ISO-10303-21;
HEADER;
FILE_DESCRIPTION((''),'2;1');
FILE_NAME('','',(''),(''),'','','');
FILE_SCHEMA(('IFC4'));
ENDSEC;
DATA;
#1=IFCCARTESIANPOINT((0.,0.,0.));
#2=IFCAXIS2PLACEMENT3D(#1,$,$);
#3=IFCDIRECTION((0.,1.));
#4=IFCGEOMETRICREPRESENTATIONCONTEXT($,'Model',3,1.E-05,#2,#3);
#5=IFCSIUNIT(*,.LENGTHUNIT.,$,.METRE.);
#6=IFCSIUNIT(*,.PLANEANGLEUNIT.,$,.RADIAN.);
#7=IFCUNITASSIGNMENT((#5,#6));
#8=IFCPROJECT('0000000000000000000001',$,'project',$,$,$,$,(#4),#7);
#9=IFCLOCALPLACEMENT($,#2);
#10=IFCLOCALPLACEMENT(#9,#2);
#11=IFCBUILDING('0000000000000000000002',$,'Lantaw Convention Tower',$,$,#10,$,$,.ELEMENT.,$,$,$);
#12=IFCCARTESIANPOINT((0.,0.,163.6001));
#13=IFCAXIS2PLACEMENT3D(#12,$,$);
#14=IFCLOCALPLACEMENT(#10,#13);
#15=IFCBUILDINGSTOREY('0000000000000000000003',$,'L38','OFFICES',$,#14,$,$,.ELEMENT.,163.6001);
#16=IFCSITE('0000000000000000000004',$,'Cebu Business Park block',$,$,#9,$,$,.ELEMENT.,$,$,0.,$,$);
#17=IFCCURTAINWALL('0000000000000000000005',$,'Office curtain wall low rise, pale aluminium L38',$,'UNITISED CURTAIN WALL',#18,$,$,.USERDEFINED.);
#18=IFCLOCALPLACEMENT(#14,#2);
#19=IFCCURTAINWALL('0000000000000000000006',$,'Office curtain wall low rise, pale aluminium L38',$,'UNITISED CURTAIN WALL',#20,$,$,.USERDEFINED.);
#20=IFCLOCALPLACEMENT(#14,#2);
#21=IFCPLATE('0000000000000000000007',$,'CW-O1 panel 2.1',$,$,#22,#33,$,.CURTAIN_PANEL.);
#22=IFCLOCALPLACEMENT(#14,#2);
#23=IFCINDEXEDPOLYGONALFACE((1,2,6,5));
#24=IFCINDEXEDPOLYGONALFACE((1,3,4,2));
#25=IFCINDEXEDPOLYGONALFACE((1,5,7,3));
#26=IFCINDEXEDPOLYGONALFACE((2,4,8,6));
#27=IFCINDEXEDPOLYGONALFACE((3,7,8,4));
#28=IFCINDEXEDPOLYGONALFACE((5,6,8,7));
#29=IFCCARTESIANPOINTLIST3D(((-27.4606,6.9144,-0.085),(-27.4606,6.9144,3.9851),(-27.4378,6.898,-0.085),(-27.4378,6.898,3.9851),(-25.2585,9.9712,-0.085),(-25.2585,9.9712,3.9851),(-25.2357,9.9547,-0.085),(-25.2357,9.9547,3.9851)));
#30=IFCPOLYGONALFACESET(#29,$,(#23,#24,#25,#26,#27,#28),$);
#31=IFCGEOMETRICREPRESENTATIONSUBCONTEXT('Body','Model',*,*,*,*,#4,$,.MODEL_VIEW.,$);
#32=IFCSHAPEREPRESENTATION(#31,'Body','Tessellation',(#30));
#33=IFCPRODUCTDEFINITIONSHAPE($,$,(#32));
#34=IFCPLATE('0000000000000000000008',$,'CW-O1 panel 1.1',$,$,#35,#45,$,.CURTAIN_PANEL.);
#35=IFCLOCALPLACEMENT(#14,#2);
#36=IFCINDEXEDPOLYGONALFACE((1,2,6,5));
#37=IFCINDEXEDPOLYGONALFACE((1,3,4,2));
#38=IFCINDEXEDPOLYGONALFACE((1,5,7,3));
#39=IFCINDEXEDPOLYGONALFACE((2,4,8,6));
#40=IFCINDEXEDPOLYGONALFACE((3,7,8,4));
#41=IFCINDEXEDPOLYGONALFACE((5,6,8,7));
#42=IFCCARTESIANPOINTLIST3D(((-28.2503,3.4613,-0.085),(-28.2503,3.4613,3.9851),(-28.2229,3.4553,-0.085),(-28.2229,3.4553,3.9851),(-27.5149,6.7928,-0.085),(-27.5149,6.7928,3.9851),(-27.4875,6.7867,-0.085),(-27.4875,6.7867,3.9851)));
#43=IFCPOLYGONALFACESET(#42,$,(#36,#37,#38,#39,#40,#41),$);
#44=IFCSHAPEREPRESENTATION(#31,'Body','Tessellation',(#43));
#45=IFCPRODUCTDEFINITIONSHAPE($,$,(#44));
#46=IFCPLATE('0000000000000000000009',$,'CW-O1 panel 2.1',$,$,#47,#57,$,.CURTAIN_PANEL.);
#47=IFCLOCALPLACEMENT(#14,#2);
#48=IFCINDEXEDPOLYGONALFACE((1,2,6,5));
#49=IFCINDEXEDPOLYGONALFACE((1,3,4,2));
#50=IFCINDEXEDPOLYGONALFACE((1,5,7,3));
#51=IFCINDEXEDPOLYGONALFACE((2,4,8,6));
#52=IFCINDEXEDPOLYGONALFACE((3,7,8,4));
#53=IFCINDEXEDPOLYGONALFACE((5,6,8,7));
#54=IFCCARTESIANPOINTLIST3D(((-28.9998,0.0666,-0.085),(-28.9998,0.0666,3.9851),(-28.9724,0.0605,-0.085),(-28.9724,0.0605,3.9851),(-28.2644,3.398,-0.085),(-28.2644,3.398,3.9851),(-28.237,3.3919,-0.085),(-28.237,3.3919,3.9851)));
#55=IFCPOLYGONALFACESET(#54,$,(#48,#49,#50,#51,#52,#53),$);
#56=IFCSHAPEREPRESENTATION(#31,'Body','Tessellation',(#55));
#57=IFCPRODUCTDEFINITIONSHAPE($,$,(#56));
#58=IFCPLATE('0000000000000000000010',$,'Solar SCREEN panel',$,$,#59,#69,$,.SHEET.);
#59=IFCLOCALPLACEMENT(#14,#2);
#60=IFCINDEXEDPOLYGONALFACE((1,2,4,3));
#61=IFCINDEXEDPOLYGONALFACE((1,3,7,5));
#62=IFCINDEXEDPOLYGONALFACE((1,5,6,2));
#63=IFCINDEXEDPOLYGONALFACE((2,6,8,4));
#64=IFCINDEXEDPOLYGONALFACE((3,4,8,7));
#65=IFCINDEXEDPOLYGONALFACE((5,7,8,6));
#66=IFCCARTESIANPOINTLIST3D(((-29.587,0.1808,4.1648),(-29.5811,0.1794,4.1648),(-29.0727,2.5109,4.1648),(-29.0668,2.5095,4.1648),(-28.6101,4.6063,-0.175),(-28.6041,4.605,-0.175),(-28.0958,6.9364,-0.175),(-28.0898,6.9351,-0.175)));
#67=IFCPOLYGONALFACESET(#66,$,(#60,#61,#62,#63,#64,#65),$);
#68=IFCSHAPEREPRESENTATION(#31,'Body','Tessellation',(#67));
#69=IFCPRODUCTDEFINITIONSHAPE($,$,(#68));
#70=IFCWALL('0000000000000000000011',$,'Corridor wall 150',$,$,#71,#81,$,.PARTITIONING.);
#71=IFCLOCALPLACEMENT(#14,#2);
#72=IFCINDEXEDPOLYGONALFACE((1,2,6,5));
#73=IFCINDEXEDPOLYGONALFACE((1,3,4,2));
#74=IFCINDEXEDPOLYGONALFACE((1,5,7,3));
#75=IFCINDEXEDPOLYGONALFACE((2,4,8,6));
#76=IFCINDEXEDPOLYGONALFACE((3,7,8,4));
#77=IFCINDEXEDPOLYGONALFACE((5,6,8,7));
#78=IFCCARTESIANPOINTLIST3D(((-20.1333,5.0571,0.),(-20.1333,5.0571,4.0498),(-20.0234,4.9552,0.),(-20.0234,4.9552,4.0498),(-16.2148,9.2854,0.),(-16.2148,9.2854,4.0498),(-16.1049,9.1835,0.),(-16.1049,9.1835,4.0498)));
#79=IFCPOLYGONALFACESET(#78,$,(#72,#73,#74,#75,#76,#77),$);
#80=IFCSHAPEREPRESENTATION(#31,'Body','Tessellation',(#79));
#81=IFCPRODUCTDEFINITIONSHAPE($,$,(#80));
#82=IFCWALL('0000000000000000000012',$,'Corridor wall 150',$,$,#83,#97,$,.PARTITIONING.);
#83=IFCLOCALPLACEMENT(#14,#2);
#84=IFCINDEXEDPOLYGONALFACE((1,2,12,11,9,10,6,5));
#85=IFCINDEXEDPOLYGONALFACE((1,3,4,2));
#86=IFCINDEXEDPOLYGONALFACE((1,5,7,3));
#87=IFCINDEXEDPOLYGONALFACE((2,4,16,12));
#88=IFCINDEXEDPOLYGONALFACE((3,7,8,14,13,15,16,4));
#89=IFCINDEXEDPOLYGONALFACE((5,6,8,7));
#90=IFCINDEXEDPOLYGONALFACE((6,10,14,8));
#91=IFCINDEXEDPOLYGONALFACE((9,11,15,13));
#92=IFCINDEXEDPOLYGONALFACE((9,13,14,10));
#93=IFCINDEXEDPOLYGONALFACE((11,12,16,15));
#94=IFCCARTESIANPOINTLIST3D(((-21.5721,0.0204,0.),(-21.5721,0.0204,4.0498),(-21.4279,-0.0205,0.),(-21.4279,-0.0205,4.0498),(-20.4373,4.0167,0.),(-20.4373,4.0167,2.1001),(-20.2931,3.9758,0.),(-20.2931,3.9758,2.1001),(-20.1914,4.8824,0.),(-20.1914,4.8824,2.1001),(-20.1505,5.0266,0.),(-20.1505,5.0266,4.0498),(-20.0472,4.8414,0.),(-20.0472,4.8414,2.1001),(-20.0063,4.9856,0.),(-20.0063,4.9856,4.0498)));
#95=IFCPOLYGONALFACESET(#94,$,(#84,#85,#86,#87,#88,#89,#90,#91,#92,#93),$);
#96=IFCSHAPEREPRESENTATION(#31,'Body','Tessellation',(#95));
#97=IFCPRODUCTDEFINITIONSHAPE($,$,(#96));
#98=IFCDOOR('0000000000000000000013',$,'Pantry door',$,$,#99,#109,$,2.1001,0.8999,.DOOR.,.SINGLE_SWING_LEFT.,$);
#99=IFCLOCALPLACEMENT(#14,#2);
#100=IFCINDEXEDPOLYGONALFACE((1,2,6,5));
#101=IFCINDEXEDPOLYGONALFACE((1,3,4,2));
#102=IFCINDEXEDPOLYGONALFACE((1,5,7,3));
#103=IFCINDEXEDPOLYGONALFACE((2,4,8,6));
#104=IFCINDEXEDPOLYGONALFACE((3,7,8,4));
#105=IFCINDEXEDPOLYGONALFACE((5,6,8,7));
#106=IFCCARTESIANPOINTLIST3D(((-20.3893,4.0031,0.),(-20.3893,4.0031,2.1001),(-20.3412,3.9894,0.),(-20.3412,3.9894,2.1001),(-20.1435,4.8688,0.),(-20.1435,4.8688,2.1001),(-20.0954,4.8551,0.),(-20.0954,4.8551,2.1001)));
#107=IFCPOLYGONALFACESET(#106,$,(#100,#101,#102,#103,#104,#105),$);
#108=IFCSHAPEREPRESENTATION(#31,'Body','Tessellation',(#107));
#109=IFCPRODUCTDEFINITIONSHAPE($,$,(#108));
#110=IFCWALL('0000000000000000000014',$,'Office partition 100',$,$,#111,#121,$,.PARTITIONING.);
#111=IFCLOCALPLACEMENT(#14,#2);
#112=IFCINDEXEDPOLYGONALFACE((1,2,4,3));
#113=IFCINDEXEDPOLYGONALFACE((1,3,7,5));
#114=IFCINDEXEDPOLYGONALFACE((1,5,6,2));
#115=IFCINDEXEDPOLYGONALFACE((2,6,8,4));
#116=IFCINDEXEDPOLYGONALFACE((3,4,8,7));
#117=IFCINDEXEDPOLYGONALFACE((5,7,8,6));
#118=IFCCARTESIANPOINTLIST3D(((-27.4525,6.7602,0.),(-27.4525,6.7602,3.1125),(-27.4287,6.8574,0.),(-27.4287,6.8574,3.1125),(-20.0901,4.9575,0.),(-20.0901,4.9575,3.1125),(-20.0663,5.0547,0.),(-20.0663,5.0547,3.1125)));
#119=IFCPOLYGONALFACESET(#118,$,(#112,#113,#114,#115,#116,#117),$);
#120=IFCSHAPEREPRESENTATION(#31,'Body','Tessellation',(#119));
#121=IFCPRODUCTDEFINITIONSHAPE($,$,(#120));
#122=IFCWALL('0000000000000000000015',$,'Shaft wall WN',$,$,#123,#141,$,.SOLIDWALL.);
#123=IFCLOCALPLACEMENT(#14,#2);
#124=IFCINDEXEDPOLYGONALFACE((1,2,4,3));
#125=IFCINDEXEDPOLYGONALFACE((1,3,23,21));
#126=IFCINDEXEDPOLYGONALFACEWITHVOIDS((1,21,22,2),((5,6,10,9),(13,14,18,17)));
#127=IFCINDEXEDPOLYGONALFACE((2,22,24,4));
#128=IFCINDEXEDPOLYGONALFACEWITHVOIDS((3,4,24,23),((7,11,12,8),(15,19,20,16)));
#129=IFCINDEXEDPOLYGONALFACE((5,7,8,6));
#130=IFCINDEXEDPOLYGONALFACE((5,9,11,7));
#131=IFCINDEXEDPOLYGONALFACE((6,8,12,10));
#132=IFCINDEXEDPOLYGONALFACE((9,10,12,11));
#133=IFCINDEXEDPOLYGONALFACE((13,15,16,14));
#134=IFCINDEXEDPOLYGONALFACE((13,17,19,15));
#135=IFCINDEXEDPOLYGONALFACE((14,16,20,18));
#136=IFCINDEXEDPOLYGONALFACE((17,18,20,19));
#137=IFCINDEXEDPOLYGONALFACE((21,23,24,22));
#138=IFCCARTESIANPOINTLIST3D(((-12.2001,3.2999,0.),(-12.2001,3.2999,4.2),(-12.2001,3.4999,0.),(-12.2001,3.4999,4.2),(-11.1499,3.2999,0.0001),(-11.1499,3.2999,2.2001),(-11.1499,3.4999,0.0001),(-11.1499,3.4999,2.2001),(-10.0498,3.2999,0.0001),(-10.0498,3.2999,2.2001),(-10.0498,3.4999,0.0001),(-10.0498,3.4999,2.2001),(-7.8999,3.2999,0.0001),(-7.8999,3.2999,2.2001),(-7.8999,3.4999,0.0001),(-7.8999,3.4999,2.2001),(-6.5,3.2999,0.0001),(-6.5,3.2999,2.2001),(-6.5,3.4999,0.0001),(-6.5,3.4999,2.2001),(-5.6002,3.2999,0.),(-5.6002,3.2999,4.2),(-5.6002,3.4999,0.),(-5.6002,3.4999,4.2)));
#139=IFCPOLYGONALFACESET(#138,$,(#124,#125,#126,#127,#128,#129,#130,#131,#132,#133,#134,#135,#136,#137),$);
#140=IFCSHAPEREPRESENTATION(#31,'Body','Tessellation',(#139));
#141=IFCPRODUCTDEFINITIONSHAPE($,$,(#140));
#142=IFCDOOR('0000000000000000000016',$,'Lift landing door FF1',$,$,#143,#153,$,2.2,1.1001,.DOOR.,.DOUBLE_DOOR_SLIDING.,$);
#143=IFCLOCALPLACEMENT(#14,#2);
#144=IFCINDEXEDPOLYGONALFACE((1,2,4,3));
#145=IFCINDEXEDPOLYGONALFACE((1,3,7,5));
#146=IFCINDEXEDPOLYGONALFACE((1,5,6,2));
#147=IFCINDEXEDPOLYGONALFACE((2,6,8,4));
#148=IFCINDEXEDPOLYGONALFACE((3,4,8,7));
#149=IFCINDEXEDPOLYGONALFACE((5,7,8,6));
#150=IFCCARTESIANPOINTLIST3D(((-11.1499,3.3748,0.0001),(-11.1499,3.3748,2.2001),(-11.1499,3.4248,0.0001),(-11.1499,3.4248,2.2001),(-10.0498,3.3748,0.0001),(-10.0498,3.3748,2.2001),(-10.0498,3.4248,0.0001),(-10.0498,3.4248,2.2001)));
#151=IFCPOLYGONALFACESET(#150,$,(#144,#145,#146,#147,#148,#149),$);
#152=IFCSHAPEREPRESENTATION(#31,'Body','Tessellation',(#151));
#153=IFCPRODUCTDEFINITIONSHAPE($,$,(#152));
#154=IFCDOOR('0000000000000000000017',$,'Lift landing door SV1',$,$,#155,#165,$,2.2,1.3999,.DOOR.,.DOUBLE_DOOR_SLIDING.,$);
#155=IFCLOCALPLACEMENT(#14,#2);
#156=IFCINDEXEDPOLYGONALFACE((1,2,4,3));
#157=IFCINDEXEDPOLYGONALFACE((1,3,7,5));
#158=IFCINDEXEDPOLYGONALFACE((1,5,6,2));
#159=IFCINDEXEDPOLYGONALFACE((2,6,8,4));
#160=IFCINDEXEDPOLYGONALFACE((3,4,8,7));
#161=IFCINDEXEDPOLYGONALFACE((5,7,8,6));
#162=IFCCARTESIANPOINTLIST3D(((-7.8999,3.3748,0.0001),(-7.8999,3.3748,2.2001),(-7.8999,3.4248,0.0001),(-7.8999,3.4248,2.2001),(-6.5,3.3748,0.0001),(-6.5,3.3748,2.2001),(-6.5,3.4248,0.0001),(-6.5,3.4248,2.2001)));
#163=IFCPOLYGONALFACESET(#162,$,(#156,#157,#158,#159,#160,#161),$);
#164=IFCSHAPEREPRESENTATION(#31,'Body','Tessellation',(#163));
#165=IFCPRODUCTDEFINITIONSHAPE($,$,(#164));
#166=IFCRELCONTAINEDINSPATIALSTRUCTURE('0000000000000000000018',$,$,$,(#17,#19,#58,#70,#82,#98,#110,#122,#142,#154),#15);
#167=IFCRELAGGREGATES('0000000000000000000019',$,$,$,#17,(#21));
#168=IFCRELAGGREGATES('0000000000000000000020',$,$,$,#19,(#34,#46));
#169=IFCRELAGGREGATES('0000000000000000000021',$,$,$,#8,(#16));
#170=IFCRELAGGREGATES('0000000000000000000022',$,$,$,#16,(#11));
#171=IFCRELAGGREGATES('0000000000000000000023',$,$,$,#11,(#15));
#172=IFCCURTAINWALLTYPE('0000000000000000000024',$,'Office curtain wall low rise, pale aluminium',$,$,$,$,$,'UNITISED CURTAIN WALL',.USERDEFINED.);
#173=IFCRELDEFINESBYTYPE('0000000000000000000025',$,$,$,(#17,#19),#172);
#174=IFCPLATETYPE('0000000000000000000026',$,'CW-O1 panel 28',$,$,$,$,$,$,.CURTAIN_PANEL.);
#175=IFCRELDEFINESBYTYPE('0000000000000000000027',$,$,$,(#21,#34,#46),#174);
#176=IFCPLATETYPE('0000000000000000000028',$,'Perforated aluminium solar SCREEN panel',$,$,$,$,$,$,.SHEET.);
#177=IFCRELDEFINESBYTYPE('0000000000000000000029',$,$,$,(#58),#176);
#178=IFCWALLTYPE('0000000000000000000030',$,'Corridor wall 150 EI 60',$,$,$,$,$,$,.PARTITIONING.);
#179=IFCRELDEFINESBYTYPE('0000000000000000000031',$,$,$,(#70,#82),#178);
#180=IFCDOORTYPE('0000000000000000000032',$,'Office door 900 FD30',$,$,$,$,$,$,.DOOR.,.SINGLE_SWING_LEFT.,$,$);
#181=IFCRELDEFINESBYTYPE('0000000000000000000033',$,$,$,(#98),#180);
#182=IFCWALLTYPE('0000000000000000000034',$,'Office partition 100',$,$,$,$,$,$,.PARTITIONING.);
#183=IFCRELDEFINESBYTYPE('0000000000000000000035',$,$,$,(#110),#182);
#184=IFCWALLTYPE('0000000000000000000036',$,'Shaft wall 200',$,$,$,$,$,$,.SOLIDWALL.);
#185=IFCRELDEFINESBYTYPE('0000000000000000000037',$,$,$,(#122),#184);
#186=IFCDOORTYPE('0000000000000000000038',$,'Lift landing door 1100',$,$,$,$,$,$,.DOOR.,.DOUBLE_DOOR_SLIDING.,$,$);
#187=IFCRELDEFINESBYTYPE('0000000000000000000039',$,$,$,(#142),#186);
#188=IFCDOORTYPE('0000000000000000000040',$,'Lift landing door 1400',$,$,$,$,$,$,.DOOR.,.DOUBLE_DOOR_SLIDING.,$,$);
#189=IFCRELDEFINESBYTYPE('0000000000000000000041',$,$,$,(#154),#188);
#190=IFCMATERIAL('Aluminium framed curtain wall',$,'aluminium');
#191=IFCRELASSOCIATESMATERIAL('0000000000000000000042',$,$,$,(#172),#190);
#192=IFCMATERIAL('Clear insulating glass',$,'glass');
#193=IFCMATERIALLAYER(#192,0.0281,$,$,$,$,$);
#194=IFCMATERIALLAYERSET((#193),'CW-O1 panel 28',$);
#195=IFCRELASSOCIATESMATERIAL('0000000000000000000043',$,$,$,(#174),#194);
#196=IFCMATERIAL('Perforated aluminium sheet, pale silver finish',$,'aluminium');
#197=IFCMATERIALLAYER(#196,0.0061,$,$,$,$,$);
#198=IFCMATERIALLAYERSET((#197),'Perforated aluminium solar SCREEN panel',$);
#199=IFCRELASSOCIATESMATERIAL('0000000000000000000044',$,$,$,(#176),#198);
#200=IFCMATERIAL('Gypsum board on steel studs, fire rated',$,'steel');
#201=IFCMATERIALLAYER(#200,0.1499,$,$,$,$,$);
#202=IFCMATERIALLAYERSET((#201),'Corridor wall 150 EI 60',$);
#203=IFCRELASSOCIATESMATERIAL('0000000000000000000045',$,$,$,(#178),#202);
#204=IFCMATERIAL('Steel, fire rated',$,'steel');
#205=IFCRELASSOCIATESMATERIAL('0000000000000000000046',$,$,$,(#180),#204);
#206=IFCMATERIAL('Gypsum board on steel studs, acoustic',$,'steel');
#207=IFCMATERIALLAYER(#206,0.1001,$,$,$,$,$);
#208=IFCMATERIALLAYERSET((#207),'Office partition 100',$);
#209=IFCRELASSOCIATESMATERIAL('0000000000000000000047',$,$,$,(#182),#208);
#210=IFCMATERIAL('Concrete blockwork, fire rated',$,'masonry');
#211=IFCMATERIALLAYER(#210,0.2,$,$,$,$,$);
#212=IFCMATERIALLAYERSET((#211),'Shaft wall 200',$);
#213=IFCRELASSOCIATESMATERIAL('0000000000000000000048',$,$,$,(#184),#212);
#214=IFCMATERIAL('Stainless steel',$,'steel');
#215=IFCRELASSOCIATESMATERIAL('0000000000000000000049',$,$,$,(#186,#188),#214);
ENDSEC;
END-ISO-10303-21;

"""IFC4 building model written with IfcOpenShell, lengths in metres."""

from ifc_helpers import new_model, si_unit, direction, frame, frame_2d, origin, origin_2d, place, context, subcontext, project, spatial, polyline, rectangle, outline, extrude, material, layer, layer_set, type_object, element, fill, aggregate, save


model = new_model("IFC4")

# Units and contexts
model_context = context("Model", 3, precision=1e-05, world=origin(), true_north=direction((0.0, 1.0)))
body_context = subcontext(model_context, "Body", "Model", "MODEL_VIEW")
ifc_project = project(units=[si_unit("LENGTHUNIT", "METRE"), si_unit("PLANEANGLEUNIT", "RADIAN")], contexts=[model_context])

# Site, building, storey
site_placement = place(None, origin())
site = spatial("IfcSite", under=ifc_project, at=site_placement, Name="Cebu Business Park block", CompositionType="ELEMENT", RefElevation=0.0)
building_placement = place(site_placement, origin())
building = spatial("IfcBuilding", under=site, at=building_placement, Name="Lantaw Convention Tower", CompositionType="ELEMENT")
storey_placement = place(building_placement, frame((0.0, 0.0, 163.6001)))
storey = spatial("IfcBuildingStorey", under=building, at=storey_placement, Name="L38", Description="OFFICES", CompositionType="ELEMENT", Elevation=163.6001)

# Curtain wall
ifc_material_1 = material(Name="Aluminium framed curtain wall", Category="aluminium")
curtain_wall_type = type_object("IfcCurtainWallType", Name="Office curtain wall low rise, pale aluminium", ElementType="UNITISED CURTAIN WALL", PredefinedType="USERDEFINED", material=ifc_material_1)
curtain_wall_1_placement = place(storey_placement, origin())
curtain_wall_1 = element("IfcCurtainWall", 1, at=curtain_wall_1_placement, inside=storey, type_object=curtain_wall_type, Name="Office curtain wall low rise, pale aluminium L38", ObjectType="UNITISED CURTAIN WALL", PredefinedType="USERDEFINED")

# Curtain wall
curtain_wall_2_placement = place(storey_placement, origin())
curtain_wall_2 = element("IfcCurtainWall", 2, at=curtain_wall_2_placement, inside=storey, type_object=curtain_wall_type, Name="Office curtain wall low rise, pale aluminium L38", ObjectType="UNITISED CURTAIN WALL", PredefinedType="USERDEFINED")

# Plates
ifc_material_2 = material(Name="Clear insulating glass", Category="glass")
ifc_layer_1 = layer(ifc_material_2, 0.0281)
ifc_layer_set_1 = layer_set([ifc_layer_1], Name="CW-O1 panel 28")
plate_type_1 = type_object("IfcPlateType", Name="CW-O1 panel 28", PredefinedType="CURTAIN_PANEL", material=ifc_layer_set_1)
plate_1_placement = place(storey_placement, frame((-26.3481, 8.4346, -0.085), z_axis=(0.0, 0.0, 1.0), x_axis=(-0.584513, -0.811385, 0.0)))
plate_1 = element("IfcPlate", 3, at=plate_1_placement, type_object=plate_type_1, Name="CW-O1 panel 2.1", PredefinedType="CURTAIN_PANEL", context=body_context, shape_type="SweptSolid", body=[
    extrude(rectangle(XDim=3.7673, YDim=0.0281, at=origin_2d()), origin(), (0.0, 0.0, 1.0), 4.0701),
])
aggregate(curtain_wall_1, [plate_1])
plate_2_placement = place(storey_placement, frame((-27.8689, 5.124, -0.085), z_axis=(0.0, 0.0, 1.0), x_axis=(-0.215546, -0.976494, 0.0)))
plate_2 = element("IfcPlate", 4, at=plate_2_placement, type_object=plate_type_1, Name="CW-O1 panel 1.1", PredefinedType="CURTAIN_PANEL", context=body_context, shape_type="SweptSolid", body=[
    extrude(rectangle(XDim=3.4116, YDim=0.0281, at=origin_2d()), origin(), (0.0, 0.0, 1.0), 4.0701),
])
plate_3_placement = place(storey_placement, frame((-28.6184, 1.7292, -0.085), z_axis=(0.0, 0.0, 1.0), x_axis=(-0.215546, -0.976494, 0.0)))
plate_3 = element("IfcPlate", 5, at=plate_3_placement, type_object=plate_type_1, Name="CW-O1 panel 2.1", PredefinedType="CURTAIN_PANEL", context=body_context, shape_type="SweptSolid", body=[
    extrude(rectangle(XDim=3.4116, YDim=0.0281, at=origin_2d()), origin(), (0.0, 0.0, 1.0), 4.0701),
])
aggregate(curtain_wall_2, [plate_2, plate_3])
ifc_material_3 = material(Name="Perforated aluminium sheet, pale silver finish", Category="aluminium")
ifc_layer_2 = layer(ifc_material_3, 0.0061)
ifc_layer_set_2 = layer_set([ifc_layer_2], Name="Perforated aluminium solar SCREEN panel")
plate_type_2 = type_object("IfcPlateType", Name="Perforated aluminium solar SCREEN panel", PredefinedType="SHEET", material=ifc_layer_set_2)
plate_4_placement = place(storey_placement, frame((-28.0898, 6.9351, -0.175), z_axis=(0.976498, -0.215527, 0.000033), x_axis=(-0.215527, -0.976498, 0.0)))
element("IfcPlate", 6, at=plate_4_placement, inside=storey, type_object=plate_type_2, Name="Solar SCREEN panel", PredefinedType="SHEET", context=body_context, shape_type="SweptSolid", body=[
    extrude(outline(polyline([(0.0, 0.0), (2.3861, 0.0), (6.9182, -4.3398), (4.5321, -4.3398), (0.0, 0.0)])), origin(), (0.0, 0.0, -1.0), 0.0061),
])

# Wall
ifc_material_4 = material(Name="Gypsum board on steel studs, fire rated", Category="steel")
ifc_layer_3 = layer(ifc_material_4, 0.1499)
ifc_layer_set_3 = layer_set([ifc_layer_3], Name="Corridor wall 150 EI 60")
wall_type_1 = type_object("IfcWallType", Name="Corridor wall 150 EI 60", PredefinedType="PARTITIONING", material=ifc_layer_set_3)
wall_1_placement = place(storey_placement, frame((-16.1599, 9.2344, 0.0), z_axis=(0.0, 0.0, 1.0), x_axis=(-0.679725, -0.733467, 0.0)))
element("IfcWall", 7, at=wall_1_placement, inside=storey, type_object=wall_type_1, Name="Corridor wall 150", PredefinedType="PARTITIONING", context=body_context, shape_type="SweptSolid", body=[
    extrude(rectangle(XDim=5.7649, YDim=0.1499, at=frame_2d((2.8823, 0.0))), origin(), (0.0, 0.0, 1.0), 4.0498),
])

# Wall, opening, door
wall_2_placement = place(storey_placement, frame((-20.0784, 5.0061, 0.0), z_axis=(0.0, 0.0, 1.0), x_axis=(-0.273178, -0.961964, 0.0)))
wall_2 = element("IfcWall", 8, at=wall_2_placement, inside=storey, type_object=wall_type_1, Name="Corridor wall 150", PredefinedType="PARTITIONING", context=body_context, shape_type="SweptSolid", body=[
    extrude(rectangle(XDim=5.2041, YDim=0.1499, at=frame_2d((2.6021, 0.0))), origin(), (0.0, 0.0, 1.0), 4.0498),
])
opening_1_placement = place(wall_2_placement, frame((0.1499, 0.0, 0.0)))
opening_1 = element("IfcOpeningElement", 9, at=opening_1_placement, cuts=wall_2, PredefinedType="OPENING", context=body_context, shape_type="SweptSolid", body=[
    extrude(rectangle(XDim=0.8999, YDim=2.1001, at=frame_2d((0.45, 1.05))), frame((0.0, 0.085, 0.0), z_axis=(0.0, -1.0, 0.0), x_axis=(1.0, 0.0, 0.0)), (0.0, 0.0, 1.0), 0.1699),
])
ifc_material_5 = material(Name="Steel, fire rated", Category="steel")
door_type_1 = type_object("IfcDoorType", Name="Office door 900 FD30", OperationType="SINGLE_SWING_LEFT", PredefinedType="DOOR", material=ifc_material_5)
door_1_placement = place(opening_1_placement, origin())
door_1 = element("IfcDoor", 10, at=door_1_placement, inside=storey, type_object=door_type_1, Name="Pantry door", OperationType="SINGLE_SWING_LEFT", OverallHeight=2.1001, OverallWidth=0.8999, PredefinedType="DOOR", context=body_context, shape_type="SweptSolid", body=[
    extrude(rectangle(XDim=0.8999, YDim=2.1001, at=frame_2d((0.45, 1.05))), frame((0.0, 0.0249, 0.0), z_axis=(0.0, -1.0, 0.0), x_axis=(1.0, 0.0, 0.0)), (0.0, 0.0, 1.0), 0.05),
])
fill(opening_1, door_1)

# Wall
ifc_material_6 = material(Name="Gypsum board on steel studs, acoustic", Category="steel")
ifc_layer_4 = layer(ifc_material_6, 0.1001)
ifc_layer_set_4 = layer_set([ifc_layer_4], Name="Office partition 100")
wall_type_2 = type_object("IfcWallType", Name="Office partition 100", PredefinedType="PARTITIONING", material=ifc_layer_set_4)
wall_3_placement = place(storey_placement, frame((-27.4407, 6.8088, 0.0), z_axis=(0.0, 0.0, 1.0), x_axis=(0.971306, -0.237834, 0.0)))
element("IfcWall", 11, at=wall_3_placement, inside=storey, type_object=wall_type_2, Name="Office partition 100", PredefinedType="PARTITIONING", context=body_context, shape_type="SweptSolid", body=[
    extrude(rectangle(XDim=7.5798, YDim=0.1001, at=frame_2d((3.79, 0.0))), origin(), (0.0, 0.0, 1.0), 3.1125),
])

# Wall, openings, doors
ifc_material_7 = material(Name="Concrete blockwork, fire rated", Category="masonry")
ifc_layer_5 = layer(ifc_material_7, 0.2)
ifc_layer_set_5 = layer_set([ifc_layer_5], Name="Shaft wall 200")
wall_type_3 = type_object("IfcWallType", Name="Shaft wall 200", PredefinedType="SOLIDWALL", material=ifc_layer_set_5)
wall_4_placement = place(storey_placement, frame((-12.2, 3.3999, 0.0), z_axis=(0.0, 0.0, 1.0), x_axis=(1.0, 0.0, 0.0)))
wall_4 = element("IfcWall", 12, at=wall_4_placement, inside=storey, type_object=wall_type_3, Name="Shaft wall WN", PredefinedType="SOLIDWALL", context=body_context, shape_type="SweptSolid", body=[
    extrude(rectangle(XDim=6.5999, YDim=0.2, at=frame_2d((3.2998, 0.0))), origin(), (0.0, 0.0, 1.0), 4.2),
])
opening_2_placement = place(wall_4_placement, frame((1.05, 0.0, 0.0)))
opening_2 = element("IfcOpeningElement", 13, at=opening_2_placement, cuts=wall_4, PredefinedType="OPENING", context=body_context, shape_type="SweptSolid", body=[
    extrude(rectangle(XDim=1.1001, YDim=2.2, at=frame_2d((0.55, 1.1001))), frame((0.0, 0.1099, 0.0), z_axis=(0.0, -1.0, 0.0), x_axis=(1.0, 0.0, 0.0)), (0.0, 0.0, 1.0), 0.22),
])
opening_3_placement = place(wall_4_placement, frame((4.3, 0.0, 0.0)))
opening_3 = element("IfcOpeningElement", 14, at=opening_3_placement, cuts=wall_4, PredefinedType="OPENING", context=body_context, shape_type="SweptSolid", body=[
    extrude(rectangle(XDim=1.3999, YDim=2.2, at=frame_2d((0.7, 1.1001))), frame((0.0, 0.1099, 0.0), z_axis=(0.0, -1.0, 0.0), x_axis=(1.0, 0.0, 0.0)), (0.0, 0.0, 1.0), 0.22),
])
ifc_material_8 = material(Name="Stainless steel", Category="steel")
door_type_2 = type_object("IfcDoorType", Name="Lift landing door 1100", OperationType="DOUBLE_DOOR_SLIDING", PredefinedType="DOOR", material=ifc_material_8)
door_2_placement = place(opening_2_placement, origin())
door_2 = element("IfcDoor", 15, at=door_2_placement, inside=storey, type_object=door_type_2, Name="Lift landing door FF1", OperationType="DOUBLE_DOOR_SLIDING", OverallHeight=2.2, OverallWidth=1.1001, PredefinedType="DOOR", context=body_context, shape_type="SweptSolid", body=[
    extrude(rectangle(XDim=1.1001, YDim=2.2, at=frame_2d((0.55, 1.1001))), frame((0.0, 0.0249, 0.0), z_axis=(0.0, -1.0, 0.0), x_axis=(1.0, 0.0, 0.0)), (0.0, 0.0, 1.0), 0.05),
])
fill(opening_2, door_2)
door_type_3 = type_object("IfcDoorType", Name="Lift landing door 1400", OperationType="DOUBLE_DOOR_SLIDING", PredefinedType="DOOR", material=ifc_material_8)
door_3_placement = place(opening_3_placement, origin())
door_3 = element("IfcDoor", 16, at=door_3_placement, inside=storey, type_object=door_type_3, Name="Lift landing door SV1", OperationType="DOUBLE_DOOR_SLIDING", OverallHeight=2.2, OverallWidth=1.3999, PredefinedType="DOOR", context=body_context, shape_type="SweptSolid", body=[
    extrude(rectangle(XDim=1.3999, YDim=2.2, at=frame_2d((0.7, 1.1001))), frame((0.0, 0.0249, 0.0), z_axis=(0.0, -1.0, 0.0), x_axis=(1.0, 0.0, 0.0)), (0.0, 0.0, 1.0), 0.05),
])
fill(opening_3, door_3)

save(model, "model.ifc")
